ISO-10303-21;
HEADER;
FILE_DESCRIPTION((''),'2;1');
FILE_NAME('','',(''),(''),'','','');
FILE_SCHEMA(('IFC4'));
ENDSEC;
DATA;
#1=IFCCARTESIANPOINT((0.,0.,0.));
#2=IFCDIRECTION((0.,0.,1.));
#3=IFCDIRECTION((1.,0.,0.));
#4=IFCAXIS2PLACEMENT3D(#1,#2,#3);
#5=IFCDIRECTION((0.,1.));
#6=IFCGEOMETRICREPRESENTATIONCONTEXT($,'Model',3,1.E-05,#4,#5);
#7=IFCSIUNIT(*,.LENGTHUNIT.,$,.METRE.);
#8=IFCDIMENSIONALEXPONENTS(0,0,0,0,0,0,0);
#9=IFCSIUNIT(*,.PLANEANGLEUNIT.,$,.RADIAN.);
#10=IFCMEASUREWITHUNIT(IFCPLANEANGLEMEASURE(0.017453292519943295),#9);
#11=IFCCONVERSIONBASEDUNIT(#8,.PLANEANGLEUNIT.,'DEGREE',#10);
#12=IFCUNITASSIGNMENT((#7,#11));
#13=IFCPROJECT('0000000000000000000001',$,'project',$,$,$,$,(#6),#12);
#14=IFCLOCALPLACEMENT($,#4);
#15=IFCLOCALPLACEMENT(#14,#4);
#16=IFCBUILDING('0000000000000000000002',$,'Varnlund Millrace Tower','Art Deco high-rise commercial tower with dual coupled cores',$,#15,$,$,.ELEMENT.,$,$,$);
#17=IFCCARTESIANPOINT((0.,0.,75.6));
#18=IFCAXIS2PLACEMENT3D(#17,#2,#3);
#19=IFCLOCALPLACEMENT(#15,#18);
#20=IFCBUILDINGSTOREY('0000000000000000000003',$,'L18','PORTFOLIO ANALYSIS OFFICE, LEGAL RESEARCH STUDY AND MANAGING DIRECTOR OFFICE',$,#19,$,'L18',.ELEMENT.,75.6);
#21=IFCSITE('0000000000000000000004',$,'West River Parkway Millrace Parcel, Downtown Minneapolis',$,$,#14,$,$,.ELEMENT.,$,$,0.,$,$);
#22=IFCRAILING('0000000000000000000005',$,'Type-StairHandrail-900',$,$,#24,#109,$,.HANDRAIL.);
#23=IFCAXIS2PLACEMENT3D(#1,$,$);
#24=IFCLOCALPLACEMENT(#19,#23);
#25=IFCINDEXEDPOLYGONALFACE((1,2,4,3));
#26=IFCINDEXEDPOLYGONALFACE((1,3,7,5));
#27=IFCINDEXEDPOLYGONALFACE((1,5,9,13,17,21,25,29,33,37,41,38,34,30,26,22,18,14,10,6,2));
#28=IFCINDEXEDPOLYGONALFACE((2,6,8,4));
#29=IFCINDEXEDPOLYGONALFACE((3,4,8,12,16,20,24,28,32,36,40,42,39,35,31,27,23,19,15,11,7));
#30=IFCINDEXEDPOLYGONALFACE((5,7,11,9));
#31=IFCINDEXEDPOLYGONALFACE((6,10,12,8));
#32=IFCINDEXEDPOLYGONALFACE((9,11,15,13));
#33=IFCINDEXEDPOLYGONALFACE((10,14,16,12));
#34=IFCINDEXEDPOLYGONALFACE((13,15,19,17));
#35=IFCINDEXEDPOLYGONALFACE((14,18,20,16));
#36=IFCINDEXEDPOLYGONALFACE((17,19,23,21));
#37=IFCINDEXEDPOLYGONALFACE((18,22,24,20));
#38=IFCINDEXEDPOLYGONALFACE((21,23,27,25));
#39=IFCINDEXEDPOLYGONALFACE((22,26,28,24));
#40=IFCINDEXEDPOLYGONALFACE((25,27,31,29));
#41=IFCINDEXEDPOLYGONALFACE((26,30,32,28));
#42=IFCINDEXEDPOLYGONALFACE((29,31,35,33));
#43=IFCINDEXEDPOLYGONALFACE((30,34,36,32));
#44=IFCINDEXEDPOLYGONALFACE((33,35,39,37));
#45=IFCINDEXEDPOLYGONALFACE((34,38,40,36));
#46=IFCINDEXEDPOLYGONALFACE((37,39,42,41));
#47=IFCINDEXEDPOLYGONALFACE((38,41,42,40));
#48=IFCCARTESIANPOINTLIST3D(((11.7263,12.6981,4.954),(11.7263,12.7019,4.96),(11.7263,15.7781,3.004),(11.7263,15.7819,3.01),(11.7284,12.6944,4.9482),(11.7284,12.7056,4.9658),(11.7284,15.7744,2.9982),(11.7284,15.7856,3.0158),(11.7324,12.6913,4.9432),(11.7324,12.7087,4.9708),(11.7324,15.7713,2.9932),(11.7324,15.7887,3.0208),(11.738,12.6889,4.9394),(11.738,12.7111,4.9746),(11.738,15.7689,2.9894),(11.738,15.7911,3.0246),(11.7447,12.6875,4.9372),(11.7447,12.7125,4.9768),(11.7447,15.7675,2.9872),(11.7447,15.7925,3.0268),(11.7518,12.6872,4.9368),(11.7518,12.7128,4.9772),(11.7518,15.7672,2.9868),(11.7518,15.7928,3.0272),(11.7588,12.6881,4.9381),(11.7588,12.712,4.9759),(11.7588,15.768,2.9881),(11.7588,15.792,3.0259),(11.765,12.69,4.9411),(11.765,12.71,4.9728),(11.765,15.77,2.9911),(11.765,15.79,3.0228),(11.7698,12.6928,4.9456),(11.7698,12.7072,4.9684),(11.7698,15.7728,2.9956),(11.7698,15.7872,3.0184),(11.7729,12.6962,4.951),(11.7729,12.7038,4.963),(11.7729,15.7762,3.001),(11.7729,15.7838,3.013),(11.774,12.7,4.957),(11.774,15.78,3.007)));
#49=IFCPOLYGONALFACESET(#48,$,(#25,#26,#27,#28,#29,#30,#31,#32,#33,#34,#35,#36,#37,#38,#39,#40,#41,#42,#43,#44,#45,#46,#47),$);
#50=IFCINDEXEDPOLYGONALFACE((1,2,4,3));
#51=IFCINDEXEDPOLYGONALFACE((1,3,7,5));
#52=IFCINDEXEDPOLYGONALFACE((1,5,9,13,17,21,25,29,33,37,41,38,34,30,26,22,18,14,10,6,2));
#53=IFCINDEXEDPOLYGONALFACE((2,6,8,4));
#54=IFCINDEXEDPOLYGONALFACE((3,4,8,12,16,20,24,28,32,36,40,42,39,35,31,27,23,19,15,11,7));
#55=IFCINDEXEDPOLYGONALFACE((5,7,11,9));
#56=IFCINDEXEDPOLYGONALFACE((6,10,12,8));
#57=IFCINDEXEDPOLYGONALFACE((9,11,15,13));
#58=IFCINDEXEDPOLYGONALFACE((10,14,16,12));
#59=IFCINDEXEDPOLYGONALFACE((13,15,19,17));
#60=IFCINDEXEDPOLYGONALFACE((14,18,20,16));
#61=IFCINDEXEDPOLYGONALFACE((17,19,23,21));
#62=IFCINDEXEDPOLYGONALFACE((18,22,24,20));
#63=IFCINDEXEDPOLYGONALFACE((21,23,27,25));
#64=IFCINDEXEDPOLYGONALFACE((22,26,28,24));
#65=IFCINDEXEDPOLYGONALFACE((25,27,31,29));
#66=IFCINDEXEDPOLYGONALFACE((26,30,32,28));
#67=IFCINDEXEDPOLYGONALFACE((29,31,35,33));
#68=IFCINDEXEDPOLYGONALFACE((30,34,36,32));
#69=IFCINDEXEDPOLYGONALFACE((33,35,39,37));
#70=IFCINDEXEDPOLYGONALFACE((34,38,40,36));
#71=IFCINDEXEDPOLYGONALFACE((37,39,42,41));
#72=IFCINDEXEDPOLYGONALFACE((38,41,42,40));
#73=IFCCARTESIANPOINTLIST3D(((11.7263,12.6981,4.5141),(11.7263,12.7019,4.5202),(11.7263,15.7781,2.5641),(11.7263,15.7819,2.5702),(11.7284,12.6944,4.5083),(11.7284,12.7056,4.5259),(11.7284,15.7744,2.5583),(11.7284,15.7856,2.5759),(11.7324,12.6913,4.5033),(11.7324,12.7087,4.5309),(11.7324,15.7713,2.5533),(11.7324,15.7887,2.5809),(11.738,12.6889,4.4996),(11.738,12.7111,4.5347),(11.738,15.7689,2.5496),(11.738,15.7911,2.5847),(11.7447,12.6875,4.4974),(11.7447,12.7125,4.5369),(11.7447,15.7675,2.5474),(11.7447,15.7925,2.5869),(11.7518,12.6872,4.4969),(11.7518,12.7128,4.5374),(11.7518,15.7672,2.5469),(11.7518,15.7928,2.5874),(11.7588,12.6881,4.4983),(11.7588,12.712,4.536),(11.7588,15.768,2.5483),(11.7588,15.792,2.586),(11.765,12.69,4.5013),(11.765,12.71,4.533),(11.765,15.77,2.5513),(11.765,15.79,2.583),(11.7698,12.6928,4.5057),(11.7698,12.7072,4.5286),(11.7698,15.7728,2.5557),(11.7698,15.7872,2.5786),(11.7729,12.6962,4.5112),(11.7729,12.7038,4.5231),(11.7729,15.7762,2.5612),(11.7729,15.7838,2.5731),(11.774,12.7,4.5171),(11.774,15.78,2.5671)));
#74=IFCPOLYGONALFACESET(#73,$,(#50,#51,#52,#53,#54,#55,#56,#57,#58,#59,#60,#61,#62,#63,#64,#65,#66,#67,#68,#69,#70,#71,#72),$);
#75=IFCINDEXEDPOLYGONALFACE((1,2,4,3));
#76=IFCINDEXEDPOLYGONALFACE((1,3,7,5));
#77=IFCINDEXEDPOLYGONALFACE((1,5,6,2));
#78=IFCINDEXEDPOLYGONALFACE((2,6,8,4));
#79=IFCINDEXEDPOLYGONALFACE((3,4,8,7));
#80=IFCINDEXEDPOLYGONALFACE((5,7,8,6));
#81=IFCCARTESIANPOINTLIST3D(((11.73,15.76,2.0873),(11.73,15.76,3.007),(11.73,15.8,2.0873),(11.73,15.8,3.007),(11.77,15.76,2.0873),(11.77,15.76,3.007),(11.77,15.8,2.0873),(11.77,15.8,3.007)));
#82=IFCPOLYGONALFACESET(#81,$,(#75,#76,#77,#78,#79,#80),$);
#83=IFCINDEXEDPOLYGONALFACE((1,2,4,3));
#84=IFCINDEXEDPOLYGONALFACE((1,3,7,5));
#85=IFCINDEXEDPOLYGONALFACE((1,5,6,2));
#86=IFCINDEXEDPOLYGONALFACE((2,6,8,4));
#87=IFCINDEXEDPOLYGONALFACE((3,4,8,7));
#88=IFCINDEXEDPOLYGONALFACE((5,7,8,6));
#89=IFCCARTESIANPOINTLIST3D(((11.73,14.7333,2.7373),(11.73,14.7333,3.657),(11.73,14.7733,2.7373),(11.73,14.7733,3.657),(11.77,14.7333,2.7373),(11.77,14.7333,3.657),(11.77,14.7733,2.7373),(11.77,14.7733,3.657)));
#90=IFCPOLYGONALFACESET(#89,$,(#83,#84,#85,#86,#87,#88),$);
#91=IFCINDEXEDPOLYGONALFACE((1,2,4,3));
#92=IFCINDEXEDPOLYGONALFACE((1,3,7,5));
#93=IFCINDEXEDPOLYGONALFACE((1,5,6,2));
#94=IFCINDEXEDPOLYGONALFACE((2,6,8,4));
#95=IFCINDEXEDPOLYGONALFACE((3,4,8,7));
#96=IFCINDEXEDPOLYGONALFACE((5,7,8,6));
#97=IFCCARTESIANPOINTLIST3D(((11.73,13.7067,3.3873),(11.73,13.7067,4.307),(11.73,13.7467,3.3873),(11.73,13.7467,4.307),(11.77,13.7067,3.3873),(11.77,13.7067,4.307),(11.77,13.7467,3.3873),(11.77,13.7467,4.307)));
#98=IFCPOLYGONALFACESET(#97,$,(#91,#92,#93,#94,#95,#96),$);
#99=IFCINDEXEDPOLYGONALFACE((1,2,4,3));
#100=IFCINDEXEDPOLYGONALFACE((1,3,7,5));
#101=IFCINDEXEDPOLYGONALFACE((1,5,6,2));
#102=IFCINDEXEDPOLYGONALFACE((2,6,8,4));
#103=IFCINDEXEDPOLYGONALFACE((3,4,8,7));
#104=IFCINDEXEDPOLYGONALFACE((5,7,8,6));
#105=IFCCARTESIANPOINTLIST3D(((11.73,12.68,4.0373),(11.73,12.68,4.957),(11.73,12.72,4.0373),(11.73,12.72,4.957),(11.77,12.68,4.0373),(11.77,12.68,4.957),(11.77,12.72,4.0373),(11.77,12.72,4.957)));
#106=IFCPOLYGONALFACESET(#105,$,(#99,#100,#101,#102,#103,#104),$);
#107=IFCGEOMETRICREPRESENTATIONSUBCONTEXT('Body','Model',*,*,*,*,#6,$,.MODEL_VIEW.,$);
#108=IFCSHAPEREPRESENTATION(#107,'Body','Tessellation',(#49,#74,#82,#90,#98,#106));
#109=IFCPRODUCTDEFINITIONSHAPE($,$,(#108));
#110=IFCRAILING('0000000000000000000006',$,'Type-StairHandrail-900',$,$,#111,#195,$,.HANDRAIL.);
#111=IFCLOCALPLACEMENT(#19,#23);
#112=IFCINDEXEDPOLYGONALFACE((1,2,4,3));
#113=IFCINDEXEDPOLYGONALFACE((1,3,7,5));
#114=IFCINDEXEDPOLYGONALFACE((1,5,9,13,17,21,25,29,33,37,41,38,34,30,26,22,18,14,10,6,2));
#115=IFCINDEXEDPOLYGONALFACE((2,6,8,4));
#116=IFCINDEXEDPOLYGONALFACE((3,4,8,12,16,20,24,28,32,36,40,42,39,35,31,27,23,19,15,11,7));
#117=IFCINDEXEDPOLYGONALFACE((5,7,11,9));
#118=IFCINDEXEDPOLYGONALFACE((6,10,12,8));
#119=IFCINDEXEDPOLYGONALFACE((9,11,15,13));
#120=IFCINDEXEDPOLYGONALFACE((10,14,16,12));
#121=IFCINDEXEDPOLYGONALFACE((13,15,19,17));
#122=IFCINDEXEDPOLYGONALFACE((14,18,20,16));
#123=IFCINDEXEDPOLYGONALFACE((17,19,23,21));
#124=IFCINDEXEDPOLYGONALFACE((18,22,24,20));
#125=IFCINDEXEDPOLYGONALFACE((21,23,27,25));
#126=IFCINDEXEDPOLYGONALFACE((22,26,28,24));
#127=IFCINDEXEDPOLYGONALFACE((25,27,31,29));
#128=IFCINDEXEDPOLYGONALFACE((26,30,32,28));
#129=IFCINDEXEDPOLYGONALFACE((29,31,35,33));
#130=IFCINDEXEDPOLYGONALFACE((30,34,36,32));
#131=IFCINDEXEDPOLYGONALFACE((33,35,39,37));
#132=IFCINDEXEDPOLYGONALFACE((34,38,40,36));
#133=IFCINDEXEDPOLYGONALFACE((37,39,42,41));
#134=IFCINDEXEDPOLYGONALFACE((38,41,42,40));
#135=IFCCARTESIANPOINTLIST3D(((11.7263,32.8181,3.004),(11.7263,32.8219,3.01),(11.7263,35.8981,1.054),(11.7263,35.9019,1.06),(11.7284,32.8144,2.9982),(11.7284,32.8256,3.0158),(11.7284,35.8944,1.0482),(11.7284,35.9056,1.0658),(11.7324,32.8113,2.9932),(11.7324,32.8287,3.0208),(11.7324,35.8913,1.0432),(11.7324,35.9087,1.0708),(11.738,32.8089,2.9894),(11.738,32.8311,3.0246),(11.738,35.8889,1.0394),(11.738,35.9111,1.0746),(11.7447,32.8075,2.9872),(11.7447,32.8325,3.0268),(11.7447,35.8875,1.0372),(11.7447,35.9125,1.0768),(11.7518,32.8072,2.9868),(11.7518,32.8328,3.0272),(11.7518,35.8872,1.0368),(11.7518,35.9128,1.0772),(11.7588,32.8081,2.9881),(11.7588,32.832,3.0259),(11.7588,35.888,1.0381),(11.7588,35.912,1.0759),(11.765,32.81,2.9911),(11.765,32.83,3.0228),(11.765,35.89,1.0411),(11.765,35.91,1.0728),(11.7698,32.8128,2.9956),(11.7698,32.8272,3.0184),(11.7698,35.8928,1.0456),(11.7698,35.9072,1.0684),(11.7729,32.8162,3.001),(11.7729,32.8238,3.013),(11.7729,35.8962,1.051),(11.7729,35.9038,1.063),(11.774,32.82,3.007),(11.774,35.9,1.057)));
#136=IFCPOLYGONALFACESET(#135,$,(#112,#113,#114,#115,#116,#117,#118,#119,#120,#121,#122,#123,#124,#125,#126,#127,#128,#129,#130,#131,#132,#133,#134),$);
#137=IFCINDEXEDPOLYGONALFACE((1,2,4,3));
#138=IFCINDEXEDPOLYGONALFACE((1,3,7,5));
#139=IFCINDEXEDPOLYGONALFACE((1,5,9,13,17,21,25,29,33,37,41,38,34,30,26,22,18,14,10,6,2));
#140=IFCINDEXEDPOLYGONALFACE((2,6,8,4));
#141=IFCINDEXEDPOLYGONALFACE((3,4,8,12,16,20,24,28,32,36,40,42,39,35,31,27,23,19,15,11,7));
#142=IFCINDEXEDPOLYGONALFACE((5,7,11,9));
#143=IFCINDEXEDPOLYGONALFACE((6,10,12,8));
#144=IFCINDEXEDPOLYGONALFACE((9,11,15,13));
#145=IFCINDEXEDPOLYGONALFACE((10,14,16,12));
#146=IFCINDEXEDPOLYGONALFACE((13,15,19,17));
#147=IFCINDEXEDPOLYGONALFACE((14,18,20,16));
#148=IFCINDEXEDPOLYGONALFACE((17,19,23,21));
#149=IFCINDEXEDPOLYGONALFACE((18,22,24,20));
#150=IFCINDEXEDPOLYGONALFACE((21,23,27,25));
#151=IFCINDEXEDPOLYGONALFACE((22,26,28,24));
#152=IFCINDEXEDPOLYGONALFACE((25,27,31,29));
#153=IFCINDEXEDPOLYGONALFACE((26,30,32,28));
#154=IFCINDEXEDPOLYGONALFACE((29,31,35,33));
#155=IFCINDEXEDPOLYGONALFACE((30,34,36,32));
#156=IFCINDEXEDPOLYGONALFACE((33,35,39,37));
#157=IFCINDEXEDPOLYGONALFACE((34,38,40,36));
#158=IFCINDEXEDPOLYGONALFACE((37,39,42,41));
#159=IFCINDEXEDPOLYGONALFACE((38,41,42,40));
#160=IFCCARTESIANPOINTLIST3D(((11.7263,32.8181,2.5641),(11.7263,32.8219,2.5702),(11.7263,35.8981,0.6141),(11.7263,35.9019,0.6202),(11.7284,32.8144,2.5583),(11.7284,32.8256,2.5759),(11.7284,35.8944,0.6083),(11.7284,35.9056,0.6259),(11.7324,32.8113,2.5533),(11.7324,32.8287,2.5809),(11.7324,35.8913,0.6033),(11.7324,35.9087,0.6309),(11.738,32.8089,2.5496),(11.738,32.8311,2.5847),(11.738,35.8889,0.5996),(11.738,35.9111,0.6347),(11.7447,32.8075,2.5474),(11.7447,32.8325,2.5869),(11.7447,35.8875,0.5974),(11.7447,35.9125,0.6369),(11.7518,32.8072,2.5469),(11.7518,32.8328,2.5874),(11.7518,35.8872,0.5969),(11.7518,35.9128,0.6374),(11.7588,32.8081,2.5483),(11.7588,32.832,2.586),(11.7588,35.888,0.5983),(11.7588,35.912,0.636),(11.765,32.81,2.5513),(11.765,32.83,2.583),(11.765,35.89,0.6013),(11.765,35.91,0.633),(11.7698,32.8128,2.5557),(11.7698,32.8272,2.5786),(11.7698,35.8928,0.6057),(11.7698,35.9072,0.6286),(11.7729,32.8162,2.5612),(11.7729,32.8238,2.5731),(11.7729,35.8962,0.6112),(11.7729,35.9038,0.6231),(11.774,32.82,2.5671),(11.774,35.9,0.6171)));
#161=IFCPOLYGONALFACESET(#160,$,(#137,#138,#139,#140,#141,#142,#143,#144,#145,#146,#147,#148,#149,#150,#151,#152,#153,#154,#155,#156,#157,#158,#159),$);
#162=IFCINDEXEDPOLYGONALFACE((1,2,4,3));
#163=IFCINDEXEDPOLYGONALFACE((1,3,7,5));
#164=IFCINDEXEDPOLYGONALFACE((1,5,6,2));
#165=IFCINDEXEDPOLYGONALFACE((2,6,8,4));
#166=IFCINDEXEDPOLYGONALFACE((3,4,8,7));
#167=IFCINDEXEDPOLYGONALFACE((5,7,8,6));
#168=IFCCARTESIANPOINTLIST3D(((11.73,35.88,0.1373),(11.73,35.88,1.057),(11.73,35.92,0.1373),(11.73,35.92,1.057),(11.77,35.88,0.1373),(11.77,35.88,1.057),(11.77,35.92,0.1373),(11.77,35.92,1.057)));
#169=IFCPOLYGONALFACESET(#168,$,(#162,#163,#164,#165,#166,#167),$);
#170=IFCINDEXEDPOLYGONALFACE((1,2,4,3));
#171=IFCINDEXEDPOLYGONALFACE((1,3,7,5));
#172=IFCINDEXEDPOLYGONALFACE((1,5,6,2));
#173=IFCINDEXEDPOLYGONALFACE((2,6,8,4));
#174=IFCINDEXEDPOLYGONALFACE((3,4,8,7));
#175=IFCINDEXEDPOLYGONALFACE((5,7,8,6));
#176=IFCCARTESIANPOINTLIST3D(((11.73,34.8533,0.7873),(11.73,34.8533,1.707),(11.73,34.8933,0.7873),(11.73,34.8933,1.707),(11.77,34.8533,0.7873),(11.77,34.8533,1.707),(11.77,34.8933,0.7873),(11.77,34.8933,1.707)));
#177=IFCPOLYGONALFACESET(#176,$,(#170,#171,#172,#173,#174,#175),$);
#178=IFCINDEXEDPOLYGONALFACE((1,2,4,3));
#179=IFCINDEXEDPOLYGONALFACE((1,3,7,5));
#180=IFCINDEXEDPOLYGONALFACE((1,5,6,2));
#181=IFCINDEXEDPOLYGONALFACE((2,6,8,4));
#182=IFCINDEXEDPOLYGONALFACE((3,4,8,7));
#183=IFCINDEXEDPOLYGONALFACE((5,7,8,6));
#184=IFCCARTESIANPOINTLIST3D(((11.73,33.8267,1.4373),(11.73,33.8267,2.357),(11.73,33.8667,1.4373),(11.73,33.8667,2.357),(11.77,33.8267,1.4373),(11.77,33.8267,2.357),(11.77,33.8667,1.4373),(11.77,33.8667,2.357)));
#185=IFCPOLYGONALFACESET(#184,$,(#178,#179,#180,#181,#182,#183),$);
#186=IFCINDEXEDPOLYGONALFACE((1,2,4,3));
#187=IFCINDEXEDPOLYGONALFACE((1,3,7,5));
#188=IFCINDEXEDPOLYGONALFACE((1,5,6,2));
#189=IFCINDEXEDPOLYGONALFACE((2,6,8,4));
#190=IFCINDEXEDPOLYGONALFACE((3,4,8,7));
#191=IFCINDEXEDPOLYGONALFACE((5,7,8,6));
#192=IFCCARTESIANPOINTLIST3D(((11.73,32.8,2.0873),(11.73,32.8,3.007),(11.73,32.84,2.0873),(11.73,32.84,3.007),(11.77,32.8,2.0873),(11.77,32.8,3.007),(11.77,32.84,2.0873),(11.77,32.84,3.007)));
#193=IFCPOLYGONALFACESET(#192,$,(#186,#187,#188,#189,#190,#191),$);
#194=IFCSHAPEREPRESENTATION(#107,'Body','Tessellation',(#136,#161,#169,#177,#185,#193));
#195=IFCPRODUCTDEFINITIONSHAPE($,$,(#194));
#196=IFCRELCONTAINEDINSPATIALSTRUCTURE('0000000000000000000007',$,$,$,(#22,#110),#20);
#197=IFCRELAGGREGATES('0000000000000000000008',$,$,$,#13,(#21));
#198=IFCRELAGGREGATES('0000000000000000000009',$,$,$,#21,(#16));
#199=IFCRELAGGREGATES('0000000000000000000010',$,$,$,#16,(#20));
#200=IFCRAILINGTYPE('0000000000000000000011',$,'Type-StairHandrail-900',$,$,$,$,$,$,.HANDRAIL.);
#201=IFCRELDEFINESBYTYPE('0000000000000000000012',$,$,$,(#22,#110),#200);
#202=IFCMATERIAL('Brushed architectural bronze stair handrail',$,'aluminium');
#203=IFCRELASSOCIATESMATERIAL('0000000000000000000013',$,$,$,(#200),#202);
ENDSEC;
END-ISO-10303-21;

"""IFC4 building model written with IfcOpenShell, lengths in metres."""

from ifc_helpers import new_model, entity, si_unit, converted_unit, direction, frame, origin_with_axes, origin_2d_with_axis, place, context, subcontext, project, spatial, rectangle, circle, extrude, material, type_object, element, save


model = new_model("IFC4")

# Units and contexts
model_context = context("Model", 3, precision=1e-05, world=origin_with_axes(), true_north=direction((0.0, 1.0)))
body_context = subcontext(model_context, "Body", "Model", "MODEL_VIEW")
ifc_project = project(units=[si_unit("LENGTHUNIT", "METRE"), converted_unit("PLANEANGLEUNIT", "DEGREE", entity("IfcPlaneAngleMeasure", 0.017453292519943295), si_unit("PLANEANGLEUNIT", "RADIAN"), dimensions=[0, 0, 0, 0, 0, 0, 0])], contexts=[model_context])

# Site, building, storey
site_placement = place(None, origin_with_axes())
site = spatial("IfcSite", under=ifc_project, at=site_placement, Name="West River Parkway Millrace Parcel, Downtown Minneapolis", CompositionType="ELEMENT", RefElevation=0.0)
building_placement = place(site_placement, origin_with_axes())
building = spatial("IfcBuilding", under=site, at=building_placement, Name="Varnlund Millrace Tower", Description="Art Deco high-rise commercial tower with dual coupled cores", CompositionType="ELEMENT")
storey_placement = place(building_placement, frame((0.0, 0.0, 75.6), z_axis=(0.0, 0.0, 1.0), x_axis=(1.0, 0.0, 0.0)))
storey = spatial("IfcBuildingStorey", under=building, at=storey_placement, Name="L18", Description="PORTFOLIO ANALYSIS OFFICE, LEGAL RESEARCH STUDY AND MANAGING DIRECTOR OFFICE", LongName="L18", CompositionType="ELEMENT", Elevation=75.6)

# Railings
ifc_material_1 = material(Name="Brushed architectural bronze stair handrail", Category="aluminium")
railing_type_1 = type_object("IfcRailingType", Name="Type-StairHandrail-900", PredefinedType="HANDRAIL", material=ifc_material_1)
railing_1_placement = place(storey_placement, frame((0.0, 0.0, -75.6), z_axis=(0.0, 0.0, 1.0), x_axis=(1.0, 0.0, 0.0)))
element("IfcRailing", 1, at=railing_1_placement, inside=storey, type_object=railing_type_1, Name="Type-StairHandrail-900", PredefinedType="HANDRAIL", context=body_context, shape_type="SweptSolid", body=[
    extrude(circle(Radius=0.024, at=origin_2d_with_axis()), frame((11.75, 15.78, 78.607), z_axis=(0.0, -0.844902, 0.534922), x_axis=(1.0, 0.0, 0.0)), (0.0, 0.0, 1.0), 3.6454),
    extrude(circle(Radius=0.024, at=origin_2d_with_axis()), frame((11.75, 15.78, 78.1671), z_axis=(0.0, -0.844902, 0.534922), x_axis=(1.0, 0.0, 0.0)), (0.0, 0.0, 1.0), 3.6454),
    extrude(rectangle(XDim=0.04, YDim=0.04, at=origin_2d_with_axis()), frame((11.75, 15.78, 77.6873), z_axis=(0.0, 0.0, 1.0), x_axis=(1.0, 0.0, 0.0)), (0.0, 0.0, 1.0), 0.9197),
    extrude(rectangle(XDim=0.04, YDim=0.04, at=origin_2d_with_axis()), frame((11.75, 14.7533, 78.3373), z_axis=(0.0, 0.0, 1.0), x_axis=(1.0, 0.0, 0.0)), (0.0, 0.0, 1.0), 0.9197),
    extrude(rectangle(XDim=0.04, YDim=0.04, at=origin_2d_with_axis()), frame((11.75, 13.7267, 78.9873), z_axis=(0.0, 0.0, 1.0), x_axis=(1.0, 0.0, 0.0)), (0.0, 0.0, 1.0), 0.9197),
    extrude(rectangle(XDim=0.04, YDim=0.04, at=origin_2d_with_axis()), frame((11.75, 12.7, 79.6373), z_axis=(0.0, 0.0, 1.0), x_axis=(1.0, 0.0, 0.0)), (0.0, 0.0, 1.0), 0.9197),
])
railing_2_placement = place(storey_placement, frame((0.0, 0.0, -75.6), z_axis=(0.0, 0.0, 1.0), x_axis=(1.0, 0.0, 0.0)))
element("IfcRailing", 2, at=railing_2_placement, inside=storey, type_object=railing_type_1, Name="Type-StairHandrail-900", PredefinedType="HANDRAIL", context=body_context, shape_type="SweptSolid", body=[
    extrude(circle(Radius=0.024, at=origin_2d_with_axis()), frame((11.75, 35.9, 76.657), z_axis=(0.0, -0.844902, 0.534922), x_axis=(1.0, 0.0, 0.0)), (0.0, 0.0, 1.0), 3.6454),
    extrude(circle(Radius=0.024, at=origin_2d_with_axis()), frame((11.75, 35.9, 76.2171), z_axis=(0.0, -0.844902, 0.534922), x_axis=(1.0, 0.0, 0.0)), (0.0, 0.0, 1.0), 3.6454),
    extrude(rectangle(XDim=0.04, YDim=0.04, at=origin_2d_with_axis()), frame((11.75, 35.9, 75.7373), z_axis=(0.0, 0.0, 1.0), x_axis=(1.0, 0.0, 0.0)), (0.0, 0.0, 1.0), 0.9197),
    extrude(rectangle(XDim=0.04, YDim=0.04, at=origin_2d_with_axis()), frame((11.75, 34.8733, 76.3873), z_axis=(0.0, 0.0, 1.0), x_axis=(1.0, 0.0, 0.0)), (0.0, 0.0, 1.0), 0.9197),
    extrude(rectangle(XDim=0.04, YDim=0.04, at=origin_2d_with_axis()), frame((11.75, 33.8467, 77.0373), z_axis=(0.0, 0.0, 1.0), x_axis=(1.0, 0.0, 0.0)), (0.0, 0.0, 1.0), 0.9197),
    extrude(rectangle(XDim=0.04, YDim=0.04, at=origin_2d_with_axis()), frame((11.75, 32.82, 77.6873), z_axis=(0.0, 0.0, 1.0), x_axis=(1.0, 0.0, 0.0)), (0.0, 0.0, 1.0), 0.9197),
])

save(model, "model.ifc")
